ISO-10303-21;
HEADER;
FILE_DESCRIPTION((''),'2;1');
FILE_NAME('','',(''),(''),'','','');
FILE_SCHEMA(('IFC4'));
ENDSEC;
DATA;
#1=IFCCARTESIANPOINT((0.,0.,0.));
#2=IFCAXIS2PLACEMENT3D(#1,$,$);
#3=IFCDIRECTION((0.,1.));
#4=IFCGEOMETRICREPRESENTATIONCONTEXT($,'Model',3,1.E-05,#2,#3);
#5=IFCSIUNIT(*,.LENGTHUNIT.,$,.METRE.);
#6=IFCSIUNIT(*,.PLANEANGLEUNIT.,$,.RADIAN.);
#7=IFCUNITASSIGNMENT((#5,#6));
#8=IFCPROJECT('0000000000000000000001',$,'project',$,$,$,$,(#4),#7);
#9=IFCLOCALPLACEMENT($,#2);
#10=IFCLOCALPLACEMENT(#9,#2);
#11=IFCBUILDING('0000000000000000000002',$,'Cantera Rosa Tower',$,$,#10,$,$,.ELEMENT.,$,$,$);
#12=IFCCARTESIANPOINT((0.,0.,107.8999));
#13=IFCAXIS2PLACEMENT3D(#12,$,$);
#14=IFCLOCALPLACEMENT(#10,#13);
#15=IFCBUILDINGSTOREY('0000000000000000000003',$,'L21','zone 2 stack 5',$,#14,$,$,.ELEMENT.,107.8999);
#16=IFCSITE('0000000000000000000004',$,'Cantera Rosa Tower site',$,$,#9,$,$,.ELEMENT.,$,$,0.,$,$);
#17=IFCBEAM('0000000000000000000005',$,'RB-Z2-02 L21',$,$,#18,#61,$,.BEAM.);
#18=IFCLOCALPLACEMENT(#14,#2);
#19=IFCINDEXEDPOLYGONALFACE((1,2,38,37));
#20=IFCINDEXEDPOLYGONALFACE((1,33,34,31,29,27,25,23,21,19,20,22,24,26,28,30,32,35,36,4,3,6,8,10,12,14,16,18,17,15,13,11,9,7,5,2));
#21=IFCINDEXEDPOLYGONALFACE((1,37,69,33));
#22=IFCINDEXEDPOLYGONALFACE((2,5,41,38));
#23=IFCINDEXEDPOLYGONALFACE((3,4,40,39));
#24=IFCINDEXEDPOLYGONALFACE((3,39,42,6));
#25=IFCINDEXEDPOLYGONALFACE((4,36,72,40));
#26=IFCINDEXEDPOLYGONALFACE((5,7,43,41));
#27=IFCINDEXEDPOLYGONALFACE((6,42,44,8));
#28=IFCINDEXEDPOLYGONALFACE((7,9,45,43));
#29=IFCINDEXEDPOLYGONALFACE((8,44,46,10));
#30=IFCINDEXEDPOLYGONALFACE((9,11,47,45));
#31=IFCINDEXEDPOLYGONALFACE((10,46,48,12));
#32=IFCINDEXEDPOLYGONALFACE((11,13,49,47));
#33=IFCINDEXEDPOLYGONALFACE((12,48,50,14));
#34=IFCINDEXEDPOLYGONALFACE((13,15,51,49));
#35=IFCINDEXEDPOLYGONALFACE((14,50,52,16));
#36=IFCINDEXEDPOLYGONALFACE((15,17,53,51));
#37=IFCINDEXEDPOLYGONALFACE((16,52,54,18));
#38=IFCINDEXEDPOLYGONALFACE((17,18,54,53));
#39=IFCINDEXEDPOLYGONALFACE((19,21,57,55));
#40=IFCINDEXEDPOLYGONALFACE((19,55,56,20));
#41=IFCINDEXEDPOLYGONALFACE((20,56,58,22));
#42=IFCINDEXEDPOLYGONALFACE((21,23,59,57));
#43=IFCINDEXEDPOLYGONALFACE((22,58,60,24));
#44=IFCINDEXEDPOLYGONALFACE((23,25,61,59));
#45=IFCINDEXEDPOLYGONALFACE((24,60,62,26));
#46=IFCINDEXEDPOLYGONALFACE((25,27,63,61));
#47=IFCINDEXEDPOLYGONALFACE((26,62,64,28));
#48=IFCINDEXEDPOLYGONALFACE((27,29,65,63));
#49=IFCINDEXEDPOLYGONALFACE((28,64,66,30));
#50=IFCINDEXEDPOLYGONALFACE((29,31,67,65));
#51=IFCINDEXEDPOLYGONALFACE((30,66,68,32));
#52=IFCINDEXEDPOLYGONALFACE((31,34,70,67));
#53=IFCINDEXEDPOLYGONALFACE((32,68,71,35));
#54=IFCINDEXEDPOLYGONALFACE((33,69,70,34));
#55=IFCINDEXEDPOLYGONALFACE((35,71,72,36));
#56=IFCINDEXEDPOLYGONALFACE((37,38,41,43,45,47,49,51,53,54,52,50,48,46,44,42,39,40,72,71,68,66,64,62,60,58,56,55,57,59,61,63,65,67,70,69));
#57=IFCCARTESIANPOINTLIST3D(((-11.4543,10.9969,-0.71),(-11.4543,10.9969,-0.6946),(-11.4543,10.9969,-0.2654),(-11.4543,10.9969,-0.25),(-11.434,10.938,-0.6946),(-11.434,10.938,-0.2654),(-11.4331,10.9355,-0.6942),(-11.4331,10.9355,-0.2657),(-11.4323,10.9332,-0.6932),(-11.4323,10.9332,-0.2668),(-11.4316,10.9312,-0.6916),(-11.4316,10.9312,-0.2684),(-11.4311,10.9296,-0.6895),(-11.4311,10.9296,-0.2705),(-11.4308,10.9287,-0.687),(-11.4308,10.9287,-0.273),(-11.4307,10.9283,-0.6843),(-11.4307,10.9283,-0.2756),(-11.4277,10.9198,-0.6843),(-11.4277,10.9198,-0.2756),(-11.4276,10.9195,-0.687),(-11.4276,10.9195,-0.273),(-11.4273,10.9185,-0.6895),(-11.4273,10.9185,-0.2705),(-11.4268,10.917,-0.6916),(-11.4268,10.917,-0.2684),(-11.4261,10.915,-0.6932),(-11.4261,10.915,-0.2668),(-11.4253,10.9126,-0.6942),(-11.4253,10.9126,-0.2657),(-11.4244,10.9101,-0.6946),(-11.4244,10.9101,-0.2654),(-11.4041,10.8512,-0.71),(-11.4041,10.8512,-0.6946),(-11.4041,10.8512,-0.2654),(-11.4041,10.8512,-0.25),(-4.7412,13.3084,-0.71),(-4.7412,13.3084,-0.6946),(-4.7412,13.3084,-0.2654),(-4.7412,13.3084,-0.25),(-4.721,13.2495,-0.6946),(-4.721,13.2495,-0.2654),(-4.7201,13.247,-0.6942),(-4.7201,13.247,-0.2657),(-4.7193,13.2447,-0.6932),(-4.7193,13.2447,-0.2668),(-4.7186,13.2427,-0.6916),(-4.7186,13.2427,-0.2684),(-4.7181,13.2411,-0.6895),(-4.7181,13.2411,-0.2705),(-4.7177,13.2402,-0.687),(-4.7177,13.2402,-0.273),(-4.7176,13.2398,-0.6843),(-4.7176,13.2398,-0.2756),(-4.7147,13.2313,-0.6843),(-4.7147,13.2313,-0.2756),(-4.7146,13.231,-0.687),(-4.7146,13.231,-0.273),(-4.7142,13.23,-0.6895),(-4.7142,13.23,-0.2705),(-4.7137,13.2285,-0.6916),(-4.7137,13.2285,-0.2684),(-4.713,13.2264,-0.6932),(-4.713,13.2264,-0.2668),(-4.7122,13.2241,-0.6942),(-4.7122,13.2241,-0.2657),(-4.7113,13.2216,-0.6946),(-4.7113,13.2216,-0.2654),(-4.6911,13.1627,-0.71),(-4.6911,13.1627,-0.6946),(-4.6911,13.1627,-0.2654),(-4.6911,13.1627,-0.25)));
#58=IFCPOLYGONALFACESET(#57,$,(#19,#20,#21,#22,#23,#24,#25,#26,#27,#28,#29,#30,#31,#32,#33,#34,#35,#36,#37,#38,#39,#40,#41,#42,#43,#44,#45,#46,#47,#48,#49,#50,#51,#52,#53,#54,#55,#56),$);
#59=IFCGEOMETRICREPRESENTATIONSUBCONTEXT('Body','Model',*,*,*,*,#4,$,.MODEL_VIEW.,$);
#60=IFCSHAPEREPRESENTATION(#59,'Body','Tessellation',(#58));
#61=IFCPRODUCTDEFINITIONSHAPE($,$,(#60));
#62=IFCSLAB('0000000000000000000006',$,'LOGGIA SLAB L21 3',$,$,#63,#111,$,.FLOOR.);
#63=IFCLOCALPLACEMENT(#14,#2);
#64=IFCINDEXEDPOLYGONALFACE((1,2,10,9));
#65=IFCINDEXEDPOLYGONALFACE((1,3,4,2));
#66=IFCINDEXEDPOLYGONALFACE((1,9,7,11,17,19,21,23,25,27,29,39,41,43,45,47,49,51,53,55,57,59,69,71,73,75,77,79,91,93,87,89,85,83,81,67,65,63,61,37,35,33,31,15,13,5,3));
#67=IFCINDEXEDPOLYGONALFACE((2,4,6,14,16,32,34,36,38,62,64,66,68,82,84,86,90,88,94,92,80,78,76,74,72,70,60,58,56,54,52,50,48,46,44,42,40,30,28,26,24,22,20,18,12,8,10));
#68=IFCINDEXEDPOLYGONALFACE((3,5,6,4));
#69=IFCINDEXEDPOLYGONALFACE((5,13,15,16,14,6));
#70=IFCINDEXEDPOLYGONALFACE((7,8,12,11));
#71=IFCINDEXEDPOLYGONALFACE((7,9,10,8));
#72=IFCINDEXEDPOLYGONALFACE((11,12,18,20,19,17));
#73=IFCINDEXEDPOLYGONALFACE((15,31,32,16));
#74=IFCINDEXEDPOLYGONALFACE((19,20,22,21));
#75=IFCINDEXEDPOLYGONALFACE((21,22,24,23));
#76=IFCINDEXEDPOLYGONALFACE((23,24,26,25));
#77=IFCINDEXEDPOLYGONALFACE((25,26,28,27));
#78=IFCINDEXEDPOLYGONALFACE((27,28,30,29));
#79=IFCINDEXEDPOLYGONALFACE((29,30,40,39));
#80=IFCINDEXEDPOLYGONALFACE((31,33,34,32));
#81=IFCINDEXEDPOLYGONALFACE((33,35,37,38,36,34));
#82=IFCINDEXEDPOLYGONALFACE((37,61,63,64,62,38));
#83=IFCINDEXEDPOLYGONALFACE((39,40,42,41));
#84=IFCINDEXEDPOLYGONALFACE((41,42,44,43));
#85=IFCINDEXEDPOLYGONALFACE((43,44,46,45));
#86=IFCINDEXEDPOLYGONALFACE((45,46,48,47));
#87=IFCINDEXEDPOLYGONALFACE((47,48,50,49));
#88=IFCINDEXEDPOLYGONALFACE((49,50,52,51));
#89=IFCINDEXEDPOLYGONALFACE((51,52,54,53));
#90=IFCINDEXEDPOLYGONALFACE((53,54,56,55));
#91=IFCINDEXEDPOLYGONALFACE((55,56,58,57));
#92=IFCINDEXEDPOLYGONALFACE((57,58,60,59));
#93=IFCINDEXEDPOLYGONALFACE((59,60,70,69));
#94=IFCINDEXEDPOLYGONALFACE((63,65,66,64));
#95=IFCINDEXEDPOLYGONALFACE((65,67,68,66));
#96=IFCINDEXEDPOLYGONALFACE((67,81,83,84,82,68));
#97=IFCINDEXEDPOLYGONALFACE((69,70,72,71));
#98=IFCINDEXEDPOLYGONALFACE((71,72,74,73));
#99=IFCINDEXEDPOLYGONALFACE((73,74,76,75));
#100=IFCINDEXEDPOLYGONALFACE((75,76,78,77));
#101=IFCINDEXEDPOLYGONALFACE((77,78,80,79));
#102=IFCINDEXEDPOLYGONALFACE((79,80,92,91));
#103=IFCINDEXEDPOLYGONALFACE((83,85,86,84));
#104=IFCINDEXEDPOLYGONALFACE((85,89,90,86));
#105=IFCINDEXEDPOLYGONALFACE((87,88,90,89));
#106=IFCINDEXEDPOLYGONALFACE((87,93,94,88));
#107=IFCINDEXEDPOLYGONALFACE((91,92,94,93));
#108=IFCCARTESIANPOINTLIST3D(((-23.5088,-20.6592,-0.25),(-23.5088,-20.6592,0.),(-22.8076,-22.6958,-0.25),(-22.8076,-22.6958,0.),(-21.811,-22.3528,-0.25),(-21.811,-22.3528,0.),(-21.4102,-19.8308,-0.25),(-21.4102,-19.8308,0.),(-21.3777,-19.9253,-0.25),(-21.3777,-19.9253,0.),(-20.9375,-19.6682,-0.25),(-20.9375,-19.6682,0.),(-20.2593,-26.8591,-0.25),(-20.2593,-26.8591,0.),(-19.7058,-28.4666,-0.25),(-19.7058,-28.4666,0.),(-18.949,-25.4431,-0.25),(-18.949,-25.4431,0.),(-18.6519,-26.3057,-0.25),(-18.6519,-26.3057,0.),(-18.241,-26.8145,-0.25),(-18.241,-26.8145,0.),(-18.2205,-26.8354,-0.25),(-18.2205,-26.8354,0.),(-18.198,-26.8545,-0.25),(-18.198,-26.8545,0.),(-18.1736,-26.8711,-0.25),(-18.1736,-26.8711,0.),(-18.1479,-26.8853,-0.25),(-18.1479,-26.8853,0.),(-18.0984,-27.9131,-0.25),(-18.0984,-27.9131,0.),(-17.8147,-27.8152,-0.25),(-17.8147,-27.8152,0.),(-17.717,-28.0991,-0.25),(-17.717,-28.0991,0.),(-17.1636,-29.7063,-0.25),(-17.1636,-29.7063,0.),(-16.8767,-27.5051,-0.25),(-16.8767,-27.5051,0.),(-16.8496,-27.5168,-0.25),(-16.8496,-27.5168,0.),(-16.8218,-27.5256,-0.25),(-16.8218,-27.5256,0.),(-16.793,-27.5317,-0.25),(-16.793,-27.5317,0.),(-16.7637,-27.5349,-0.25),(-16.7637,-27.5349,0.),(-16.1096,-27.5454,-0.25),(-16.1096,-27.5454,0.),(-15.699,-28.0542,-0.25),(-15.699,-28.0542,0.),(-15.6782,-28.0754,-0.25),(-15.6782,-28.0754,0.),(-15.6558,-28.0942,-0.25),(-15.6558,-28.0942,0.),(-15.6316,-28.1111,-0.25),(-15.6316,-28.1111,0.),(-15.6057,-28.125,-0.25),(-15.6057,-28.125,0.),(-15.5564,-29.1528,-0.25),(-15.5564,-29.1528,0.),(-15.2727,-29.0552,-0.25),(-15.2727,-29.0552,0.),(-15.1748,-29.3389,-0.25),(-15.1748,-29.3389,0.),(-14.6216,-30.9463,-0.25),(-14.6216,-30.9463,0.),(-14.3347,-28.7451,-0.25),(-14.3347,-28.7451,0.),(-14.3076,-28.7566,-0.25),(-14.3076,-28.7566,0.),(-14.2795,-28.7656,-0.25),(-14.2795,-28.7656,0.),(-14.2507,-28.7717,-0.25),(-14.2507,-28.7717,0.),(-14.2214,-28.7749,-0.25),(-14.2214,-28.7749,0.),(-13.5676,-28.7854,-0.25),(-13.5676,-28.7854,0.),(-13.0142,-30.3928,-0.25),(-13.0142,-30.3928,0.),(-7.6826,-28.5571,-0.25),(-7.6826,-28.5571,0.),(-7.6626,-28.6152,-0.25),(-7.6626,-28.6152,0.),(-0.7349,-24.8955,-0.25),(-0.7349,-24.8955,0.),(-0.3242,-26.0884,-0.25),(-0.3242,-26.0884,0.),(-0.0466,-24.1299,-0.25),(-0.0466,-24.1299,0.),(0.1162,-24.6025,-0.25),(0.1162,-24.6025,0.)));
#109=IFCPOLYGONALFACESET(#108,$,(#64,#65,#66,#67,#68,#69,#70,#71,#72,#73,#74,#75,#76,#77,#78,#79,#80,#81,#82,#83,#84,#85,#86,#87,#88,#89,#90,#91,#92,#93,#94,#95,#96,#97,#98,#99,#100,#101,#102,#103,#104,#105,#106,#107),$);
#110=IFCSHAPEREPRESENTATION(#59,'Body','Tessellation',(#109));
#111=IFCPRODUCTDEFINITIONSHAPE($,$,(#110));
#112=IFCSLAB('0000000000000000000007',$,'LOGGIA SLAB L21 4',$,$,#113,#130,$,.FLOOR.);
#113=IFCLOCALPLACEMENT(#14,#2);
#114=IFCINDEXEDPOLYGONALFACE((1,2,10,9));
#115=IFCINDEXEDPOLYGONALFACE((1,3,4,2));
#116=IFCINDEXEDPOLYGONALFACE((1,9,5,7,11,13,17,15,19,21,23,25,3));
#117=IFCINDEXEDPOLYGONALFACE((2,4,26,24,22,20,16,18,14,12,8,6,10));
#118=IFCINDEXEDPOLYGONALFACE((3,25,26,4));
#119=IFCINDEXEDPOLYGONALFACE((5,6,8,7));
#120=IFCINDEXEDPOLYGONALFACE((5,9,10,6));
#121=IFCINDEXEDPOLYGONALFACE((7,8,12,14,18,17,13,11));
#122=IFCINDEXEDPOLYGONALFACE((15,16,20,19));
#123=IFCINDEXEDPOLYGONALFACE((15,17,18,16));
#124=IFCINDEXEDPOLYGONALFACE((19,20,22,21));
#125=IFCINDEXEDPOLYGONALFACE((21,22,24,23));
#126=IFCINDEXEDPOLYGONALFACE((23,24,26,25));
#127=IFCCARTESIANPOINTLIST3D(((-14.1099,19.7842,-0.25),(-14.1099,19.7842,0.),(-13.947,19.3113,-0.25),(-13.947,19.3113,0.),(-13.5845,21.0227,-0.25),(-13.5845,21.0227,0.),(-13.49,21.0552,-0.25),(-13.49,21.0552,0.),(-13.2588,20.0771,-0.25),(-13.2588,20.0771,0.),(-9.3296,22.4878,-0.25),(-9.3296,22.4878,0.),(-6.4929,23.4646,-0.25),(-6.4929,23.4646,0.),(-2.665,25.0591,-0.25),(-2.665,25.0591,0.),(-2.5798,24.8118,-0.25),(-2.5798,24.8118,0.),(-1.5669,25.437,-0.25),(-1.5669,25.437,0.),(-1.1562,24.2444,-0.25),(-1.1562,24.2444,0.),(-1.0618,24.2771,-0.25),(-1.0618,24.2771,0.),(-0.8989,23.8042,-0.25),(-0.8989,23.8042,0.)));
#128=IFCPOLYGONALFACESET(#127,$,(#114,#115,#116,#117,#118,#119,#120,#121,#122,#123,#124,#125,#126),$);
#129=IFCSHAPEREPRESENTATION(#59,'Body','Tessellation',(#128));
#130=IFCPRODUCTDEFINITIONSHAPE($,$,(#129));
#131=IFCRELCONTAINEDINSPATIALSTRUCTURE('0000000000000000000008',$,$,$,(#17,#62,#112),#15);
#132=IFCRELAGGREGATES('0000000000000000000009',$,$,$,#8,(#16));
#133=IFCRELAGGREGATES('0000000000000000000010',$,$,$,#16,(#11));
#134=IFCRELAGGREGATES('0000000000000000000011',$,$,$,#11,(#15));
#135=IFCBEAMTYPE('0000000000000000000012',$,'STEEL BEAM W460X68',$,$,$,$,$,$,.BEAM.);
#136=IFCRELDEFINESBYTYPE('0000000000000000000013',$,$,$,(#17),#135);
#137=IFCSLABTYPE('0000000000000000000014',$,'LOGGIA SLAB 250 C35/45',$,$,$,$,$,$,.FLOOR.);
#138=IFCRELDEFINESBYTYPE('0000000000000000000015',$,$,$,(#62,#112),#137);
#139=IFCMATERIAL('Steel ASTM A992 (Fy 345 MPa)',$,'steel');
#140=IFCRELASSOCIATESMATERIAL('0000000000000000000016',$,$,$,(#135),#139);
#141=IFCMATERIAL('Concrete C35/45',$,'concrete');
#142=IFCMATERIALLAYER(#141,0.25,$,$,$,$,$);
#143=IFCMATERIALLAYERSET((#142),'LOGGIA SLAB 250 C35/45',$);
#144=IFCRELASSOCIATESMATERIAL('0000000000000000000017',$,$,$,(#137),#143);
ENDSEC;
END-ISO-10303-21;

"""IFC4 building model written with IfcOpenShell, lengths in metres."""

from ifc_helpers import new_model, si_unit, direction, frame, origin, origin_2d, place, context, subcontext, project, spatial, polyline, i_section, outline, extrude, material, layer, layer_set, material_profile, profile_set, type_object, element, save


model = new_model("IFC4")

# Units and contexts
model_context = context("Model", 3, precision=1e-05, world=origin(), true_north=direction((0.0, 1.0)))
body_context = subcontext(model_context, "Body", "Model", "MODEL_VIEW")
ifc_project = project(units=[si_unit("LENGTHUNIT", "METRE"), si_unit("PLANEANGLEUNIT", "RADIAN")], contexts=[model_context])

# Site, building, storey
site_placement = place(None, origin())
site = spatial("IfcSite", under=ifc_project, at=site_placement, Name="Cantera Rosa Tower site", CompositionType="ELEMENT", RefElevation=0.0)
building_placement = place(site_placement, origin())
building = spatial("IfcBuilding", under=site, at=building_placement, Name="Cantera Rosa Tower", CompositionType="ELEMENT")
storey_placement = place(building_placement, frame((0.0, 0.0, 107.8999)))
storey = spatial("IfcBuildingStorey", under=building, at=storey_placement, Name="L21", Description="zone 2 stack 5", CompositionType="ELEMENT", Elevation=107.8999)

# Beam
ifc_material_1 = material(Name="Steel ASTM A992 (Fy 345 MPa)", Category="steel")
ifc_material_profile = material_profile(ifc_material_1, i_section(OverallWidth=0.1541, OverallDepth=0.46, WebThickness=0.009, FlangeThickness=0.0154, FilletRadius=0.0103, at=origin_2d()), Name="W460X68")
ifc_profile_set = profile_set([ifc_material_profile], Name="Steel ASTM A992 (Fy 345 MPa)")
beam_type = type_object("IfcBeamType", Name="STEEL BEAM W460X68", PredefinedType="BEAM", material=ifc_profile_set)
beam_placement = place(storey_placement, frame((-11.4292, 10.9241, -0.48), z_axis=(0.945518, 0.325569, 0.0), x_axis=(-0.325569, 0.945518, 0.0)))
element("IfcBeam", 1, at=beam_placement, inside=storey, type_object=beam_type, Name="RB-Z2-02 L21", PredefinedType="BEAM", context=body_context, shape_type="SweptSolid", body=[
    extrude(i_section(OverallWidth=0.1541, OverallDepth=0.46, WebThickness=0.009, FlangeThickness=0.0154, FilletRadius=0.0103, at=origin_2d()), origin(), (0.0, 0.0, 1.0), 7.0999),
])

# Slabs
ifc_material_2 = material(Name="Concrete C35/45", Category="concrete")
ifc_layer_1 = layer(ifc_material_2, 0.25)
ifc_layer_set_1 = layer_set([ifc_layer_1], Name="LOGGIA SLAB 250 C35/45")
slab_type_1 = type_object("IfcSlabType", Name="LOGGIA SLAB 250 C35/45", PredefinedType="FLOOR", material=ifc_layer_set_1)
slab_1_placement = place(storey_placement, frame((0.0, 0.0, -0.25)))
element("IfcSlab", 2, at=slab_1_placement, inside=storey, type_object=slab_type_1, Name="LOGGIA SLAB L21 3", PredefinedType="FLOOR", context=body_context, shape_type="SweptSolid", body=[
    extrude(outline(polyline([(-13.0142, -30.3928), (-14.6216, -30.9463), (-15.1748, -29.3389), (-15.2727, -29.0552), (-15.5564, -29.1528), (-17.1636, -29.7063), (-17.717, -28.0991), (-17.8147, -27.8152), (-18.0984, -27.9131), (-19.7058, -28.4666), (-20.2593, -26.8591), (-21.811, -22.3528), (-22.8076, -22.6958), (-23.5088, -20.6592), (-21.3777, -19.9253), (-21.4102, -19.8308), (-20.9375, -19.6682), (-18.949, -25.4431), (-18.6519, -26.3057), (-18.241, -26.8145), (-18.2205, -26.8354), (-18.198, -26.8545), (-18.1736, -26.8711), (-18.1479, -26.8853), (-16.8767, -27.5051), (-16.8496, -27.5168), (-16.8218, -27.5256), (-16.793, -27.5317), (-16.7637, -27.5349), (-16.1096, -27.5454), (-15.699, -28.0542), (-15.6782, -28.0754), (-15.6558, -28.0942), (-15.6316, -28.1111), (-15.6057, -28.125), (-14.3347, -28.7451), (-14.3076, -28.7566), (-14.2795, -28.7656), (-14.2507, -28.7717), (-14.2214, -28.7749), (-13.5676, -28.7854), (-0.0466, -24.1299), (0.1162, -24.6025), (-0.7349, -24.8955), (-0.3242, -26.0884), (-7.6626, -28.6152), (-7.6826, -28.5571), (-13.0142, -30.3928)])), origin(), (0.0, 0.0, 1.0), 0.25),
])
slab_2_placement = place(storey_placement, frame((0.0, 0.0, -0.25)))
element("IfcSlab", 3, at=slab_2_placement, inside=storey, type_object=slab_type_1, Name="LOGGIA SLAB L21 4", PredefinedType="FLOOR", context=body_context, shape_type="SweptSolid", body=[
    extrude(outline(polyline([(-6.4929, 23.4646), (-2.5798, 24.8118), (-2.665, 25.0591), (-1.5669, 25.437), (-1.1562, 24.2444), (-1.0618, 24.2771), (-0.8989, 23.8042), (-13.947, 19.3113), (-14.1099, 19.7842), (-13.2588, 20.0771), (-13.5845, 21.0227), (-13.49, 21.0552), (-9.3296, 22.4878), (-6.4929, 23.4646)])), origin(), (0.0, 0.0, 1.0), 0.25),
])

save(model, "model.ifc")
